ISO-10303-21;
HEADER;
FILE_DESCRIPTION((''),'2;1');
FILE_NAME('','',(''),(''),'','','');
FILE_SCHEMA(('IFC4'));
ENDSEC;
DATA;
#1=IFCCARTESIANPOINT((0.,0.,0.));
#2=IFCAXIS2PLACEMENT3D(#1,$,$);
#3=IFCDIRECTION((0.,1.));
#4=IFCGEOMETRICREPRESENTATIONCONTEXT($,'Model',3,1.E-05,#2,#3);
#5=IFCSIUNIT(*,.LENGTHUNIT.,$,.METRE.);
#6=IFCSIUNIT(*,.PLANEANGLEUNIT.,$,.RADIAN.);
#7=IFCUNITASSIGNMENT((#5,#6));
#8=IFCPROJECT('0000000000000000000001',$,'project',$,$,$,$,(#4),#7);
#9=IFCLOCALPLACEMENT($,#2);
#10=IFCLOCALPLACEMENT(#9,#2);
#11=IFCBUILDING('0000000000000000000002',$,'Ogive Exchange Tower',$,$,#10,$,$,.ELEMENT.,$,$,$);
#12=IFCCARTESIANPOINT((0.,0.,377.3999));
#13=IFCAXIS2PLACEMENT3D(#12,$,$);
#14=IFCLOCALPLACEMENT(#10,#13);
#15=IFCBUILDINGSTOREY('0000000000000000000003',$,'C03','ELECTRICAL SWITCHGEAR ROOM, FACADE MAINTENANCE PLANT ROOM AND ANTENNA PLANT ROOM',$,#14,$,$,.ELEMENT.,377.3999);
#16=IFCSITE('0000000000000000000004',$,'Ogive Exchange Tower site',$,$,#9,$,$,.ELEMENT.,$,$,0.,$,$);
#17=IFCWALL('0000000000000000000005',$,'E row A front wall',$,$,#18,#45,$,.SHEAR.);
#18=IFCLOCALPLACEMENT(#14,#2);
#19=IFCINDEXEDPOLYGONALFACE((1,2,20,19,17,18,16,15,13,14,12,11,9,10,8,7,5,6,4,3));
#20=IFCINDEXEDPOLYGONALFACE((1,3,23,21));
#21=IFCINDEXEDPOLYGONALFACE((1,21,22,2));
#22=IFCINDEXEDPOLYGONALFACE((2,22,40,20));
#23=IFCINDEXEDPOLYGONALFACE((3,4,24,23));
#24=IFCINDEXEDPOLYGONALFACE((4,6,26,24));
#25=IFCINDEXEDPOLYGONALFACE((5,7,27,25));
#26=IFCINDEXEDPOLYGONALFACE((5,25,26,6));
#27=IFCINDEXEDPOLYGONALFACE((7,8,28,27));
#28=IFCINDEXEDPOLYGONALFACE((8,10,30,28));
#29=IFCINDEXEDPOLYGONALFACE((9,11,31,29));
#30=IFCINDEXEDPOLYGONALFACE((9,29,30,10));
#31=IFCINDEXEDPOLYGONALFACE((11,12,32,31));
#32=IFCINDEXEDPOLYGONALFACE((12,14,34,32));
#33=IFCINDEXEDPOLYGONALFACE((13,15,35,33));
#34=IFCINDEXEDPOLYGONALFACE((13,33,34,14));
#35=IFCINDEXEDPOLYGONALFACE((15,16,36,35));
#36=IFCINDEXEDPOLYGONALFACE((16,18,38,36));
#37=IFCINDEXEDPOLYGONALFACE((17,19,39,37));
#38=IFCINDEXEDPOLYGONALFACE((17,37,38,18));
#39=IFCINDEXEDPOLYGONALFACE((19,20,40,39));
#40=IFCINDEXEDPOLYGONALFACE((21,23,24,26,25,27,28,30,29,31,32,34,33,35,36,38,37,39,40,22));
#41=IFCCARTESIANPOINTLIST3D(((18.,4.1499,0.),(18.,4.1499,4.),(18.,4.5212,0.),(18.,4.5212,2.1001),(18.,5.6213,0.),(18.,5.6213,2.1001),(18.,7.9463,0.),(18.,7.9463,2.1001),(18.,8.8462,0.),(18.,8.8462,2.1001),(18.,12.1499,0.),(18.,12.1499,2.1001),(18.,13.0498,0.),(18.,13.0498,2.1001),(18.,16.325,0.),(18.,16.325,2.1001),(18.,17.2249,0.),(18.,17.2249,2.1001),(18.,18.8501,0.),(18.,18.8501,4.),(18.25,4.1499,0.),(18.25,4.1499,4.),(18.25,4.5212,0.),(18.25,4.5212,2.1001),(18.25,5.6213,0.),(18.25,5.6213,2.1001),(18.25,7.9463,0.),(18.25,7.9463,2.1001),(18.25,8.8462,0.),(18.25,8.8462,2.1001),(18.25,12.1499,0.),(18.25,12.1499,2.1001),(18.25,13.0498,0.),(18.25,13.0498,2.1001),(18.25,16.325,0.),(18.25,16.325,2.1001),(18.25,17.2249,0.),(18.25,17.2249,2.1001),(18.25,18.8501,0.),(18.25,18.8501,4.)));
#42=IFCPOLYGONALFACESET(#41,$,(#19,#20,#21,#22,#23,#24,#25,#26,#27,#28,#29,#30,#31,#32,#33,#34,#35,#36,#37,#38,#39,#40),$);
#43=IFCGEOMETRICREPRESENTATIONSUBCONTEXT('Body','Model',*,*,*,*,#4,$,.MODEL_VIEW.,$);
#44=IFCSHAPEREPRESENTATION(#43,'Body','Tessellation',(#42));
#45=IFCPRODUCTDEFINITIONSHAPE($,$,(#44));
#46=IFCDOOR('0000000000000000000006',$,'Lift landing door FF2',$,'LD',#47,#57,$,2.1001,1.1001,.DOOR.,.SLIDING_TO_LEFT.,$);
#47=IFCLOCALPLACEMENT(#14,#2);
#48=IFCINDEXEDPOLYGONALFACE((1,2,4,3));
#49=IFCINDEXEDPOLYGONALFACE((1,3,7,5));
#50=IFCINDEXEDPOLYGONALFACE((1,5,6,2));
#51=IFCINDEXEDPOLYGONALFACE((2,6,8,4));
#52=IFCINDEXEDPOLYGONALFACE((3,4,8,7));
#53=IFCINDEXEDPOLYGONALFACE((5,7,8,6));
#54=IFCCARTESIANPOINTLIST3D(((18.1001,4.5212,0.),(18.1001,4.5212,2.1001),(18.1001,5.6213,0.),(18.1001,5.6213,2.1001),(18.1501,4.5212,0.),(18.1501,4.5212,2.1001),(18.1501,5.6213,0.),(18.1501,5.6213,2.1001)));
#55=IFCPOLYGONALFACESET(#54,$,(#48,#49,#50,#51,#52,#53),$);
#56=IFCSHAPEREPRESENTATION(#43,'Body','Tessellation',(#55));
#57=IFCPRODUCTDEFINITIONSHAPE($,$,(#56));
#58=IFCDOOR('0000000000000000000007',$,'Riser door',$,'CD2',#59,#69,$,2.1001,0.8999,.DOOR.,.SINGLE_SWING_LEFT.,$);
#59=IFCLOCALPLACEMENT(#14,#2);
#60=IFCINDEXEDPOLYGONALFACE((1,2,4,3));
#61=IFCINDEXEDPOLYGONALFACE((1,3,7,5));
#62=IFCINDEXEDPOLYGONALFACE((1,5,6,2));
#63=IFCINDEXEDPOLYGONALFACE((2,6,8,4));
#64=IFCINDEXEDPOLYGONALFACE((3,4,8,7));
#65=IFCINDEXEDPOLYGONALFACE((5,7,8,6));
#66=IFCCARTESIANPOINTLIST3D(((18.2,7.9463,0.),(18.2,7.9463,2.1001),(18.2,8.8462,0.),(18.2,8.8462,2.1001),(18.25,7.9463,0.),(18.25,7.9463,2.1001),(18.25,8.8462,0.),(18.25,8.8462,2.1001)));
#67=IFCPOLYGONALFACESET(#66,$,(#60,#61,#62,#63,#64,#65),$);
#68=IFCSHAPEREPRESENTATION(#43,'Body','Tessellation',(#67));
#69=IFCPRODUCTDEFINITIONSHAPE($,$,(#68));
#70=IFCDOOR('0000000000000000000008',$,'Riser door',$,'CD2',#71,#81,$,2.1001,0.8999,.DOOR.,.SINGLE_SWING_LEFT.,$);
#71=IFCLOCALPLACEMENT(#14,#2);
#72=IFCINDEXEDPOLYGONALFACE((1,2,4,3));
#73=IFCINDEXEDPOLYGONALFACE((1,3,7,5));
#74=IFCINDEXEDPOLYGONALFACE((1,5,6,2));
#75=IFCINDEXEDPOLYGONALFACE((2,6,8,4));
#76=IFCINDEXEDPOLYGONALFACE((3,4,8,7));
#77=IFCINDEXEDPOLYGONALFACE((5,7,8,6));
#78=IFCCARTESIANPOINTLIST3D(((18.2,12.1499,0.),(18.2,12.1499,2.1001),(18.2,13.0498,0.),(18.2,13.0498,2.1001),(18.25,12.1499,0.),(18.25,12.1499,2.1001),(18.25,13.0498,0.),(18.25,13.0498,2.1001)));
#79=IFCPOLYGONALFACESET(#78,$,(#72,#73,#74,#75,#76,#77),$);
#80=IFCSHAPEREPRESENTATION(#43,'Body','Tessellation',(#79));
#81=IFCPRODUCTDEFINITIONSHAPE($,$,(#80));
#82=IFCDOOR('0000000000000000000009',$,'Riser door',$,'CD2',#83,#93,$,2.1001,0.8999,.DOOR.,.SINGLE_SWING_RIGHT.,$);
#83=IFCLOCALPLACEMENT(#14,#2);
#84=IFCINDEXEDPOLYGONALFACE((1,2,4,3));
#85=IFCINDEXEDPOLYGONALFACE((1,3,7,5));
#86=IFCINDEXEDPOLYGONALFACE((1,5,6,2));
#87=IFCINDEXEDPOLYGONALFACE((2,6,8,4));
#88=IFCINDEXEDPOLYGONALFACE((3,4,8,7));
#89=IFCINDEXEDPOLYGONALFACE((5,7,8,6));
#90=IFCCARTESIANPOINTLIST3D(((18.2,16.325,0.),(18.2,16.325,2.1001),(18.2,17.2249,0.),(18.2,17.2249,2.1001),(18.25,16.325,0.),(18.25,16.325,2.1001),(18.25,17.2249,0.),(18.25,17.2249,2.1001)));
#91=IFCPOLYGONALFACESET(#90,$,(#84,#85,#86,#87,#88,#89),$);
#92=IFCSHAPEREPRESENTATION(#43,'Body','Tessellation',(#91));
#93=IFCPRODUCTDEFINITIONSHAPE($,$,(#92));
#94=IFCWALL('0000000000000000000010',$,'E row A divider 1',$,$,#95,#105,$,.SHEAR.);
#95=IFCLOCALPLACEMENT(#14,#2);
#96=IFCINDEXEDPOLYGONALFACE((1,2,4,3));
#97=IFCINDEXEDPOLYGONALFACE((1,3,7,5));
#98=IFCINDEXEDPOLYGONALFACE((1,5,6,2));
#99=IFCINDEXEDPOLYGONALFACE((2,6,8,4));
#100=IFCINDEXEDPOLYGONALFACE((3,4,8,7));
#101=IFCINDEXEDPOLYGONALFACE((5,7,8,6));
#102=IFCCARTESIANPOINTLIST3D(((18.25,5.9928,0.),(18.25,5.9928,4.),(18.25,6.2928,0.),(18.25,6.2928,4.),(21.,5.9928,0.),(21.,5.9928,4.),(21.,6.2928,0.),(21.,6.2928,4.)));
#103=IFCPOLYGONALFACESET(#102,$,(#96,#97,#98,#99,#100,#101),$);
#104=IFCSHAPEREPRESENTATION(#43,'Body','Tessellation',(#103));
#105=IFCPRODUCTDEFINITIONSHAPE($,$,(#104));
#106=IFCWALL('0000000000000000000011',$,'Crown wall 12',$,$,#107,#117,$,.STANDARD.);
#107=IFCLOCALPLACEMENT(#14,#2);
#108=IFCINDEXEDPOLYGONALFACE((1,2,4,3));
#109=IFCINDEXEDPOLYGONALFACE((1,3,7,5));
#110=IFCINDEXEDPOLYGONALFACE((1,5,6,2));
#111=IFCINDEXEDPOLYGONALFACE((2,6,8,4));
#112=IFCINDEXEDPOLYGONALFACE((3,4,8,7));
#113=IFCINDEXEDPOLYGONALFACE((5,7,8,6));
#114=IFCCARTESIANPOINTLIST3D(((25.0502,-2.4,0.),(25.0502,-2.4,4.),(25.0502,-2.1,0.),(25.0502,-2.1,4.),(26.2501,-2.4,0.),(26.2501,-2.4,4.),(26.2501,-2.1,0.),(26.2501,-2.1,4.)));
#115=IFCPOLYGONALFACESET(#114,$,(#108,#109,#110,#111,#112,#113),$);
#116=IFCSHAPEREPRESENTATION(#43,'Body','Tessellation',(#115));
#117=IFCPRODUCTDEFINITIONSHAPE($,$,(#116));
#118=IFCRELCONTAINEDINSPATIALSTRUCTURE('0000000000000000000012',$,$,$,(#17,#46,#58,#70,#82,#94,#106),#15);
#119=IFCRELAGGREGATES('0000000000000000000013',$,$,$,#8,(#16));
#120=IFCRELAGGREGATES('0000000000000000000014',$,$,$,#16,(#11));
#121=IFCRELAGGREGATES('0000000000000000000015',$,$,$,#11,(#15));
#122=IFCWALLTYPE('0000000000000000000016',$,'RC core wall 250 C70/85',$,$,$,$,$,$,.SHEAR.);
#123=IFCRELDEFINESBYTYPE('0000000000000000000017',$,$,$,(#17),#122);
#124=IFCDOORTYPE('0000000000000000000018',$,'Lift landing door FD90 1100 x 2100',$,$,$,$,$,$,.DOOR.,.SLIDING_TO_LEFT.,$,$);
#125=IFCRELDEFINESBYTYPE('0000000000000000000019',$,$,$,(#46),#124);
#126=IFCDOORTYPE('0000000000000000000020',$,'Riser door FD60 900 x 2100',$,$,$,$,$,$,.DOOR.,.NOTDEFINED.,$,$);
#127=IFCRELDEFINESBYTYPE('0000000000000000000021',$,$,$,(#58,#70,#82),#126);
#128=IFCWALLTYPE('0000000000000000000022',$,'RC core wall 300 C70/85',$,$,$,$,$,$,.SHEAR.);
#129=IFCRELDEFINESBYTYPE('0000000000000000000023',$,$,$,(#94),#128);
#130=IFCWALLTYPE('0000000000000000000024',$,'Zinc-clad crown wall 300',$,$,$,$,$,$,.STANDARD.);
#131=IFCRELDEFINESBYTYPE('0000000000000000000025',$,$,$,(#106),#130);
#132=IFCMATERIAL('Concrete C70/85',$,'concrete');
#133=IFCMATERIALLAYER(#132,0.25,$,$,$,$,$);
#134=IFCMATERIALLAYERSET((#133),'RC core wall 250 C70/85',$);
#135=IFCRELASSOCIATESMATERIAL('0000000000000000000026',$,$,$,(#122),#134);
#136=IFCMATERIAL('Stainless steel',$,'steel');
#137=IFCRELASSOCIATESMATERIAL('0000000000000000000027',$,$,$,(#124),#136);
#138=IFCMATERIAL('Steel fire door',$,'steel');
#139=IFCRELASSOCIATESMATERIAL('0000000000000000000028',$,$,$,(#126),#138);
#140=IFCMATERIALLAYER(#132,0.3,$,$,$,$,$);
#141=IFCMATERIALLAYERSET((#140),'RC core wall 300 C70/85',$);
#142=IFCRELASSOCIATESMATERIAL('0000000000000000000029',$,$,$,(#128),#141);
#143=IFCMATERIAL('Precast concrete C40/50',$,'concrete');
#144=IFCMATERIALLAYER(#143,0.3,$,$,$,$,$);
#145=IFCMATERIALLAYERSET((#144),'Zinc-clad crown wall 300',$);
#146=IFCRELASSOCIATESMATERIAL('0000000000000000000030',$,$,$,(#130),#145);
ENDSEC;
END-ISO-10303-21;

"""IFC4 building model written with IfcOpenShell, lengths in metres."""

from ifc_helpers import new_model, si_unit, direction, frame, frame_2d, origin, place, context, subcontext, project, spatial, rectangle, extrude, material, layer, layer_set, type_object, element, fill, save


model = new_model("IFC4")

# Units and contexts
model_context = context("Model", 3, precision=1e-05, world=origin(), true_north=direction((0.0, 1.0)))
body_context = subcontext(model_context, "Body", "Model", "MODEL_VIEW")
ifc_project = project(units=[si_unit("LENGTHUNIT", "METRE"), si_unit("PLANEANGLEUNIT", "RADIAN")], contexts=[model_context])

# Site, building, storey
site_placement = place(None, origin())
site = spatial("IfcSite", under=ifc_project, at=site_placement, Name="Ogive Exchange Tower site", CompositionType="ELEMENT", RefElevation=0.0)
building_placement = place(site_placement, origin())
building = spatial("IfcBuilding", under=site, at=building_placement, Name="Ogive Exchange Tower", CompositionType="ELEMENT")
storey_placement = place(building_placement, frame((0.0, 0.0, 377.3999)))
storey = spatial("IfcBuildingStorey", under=building, at=storey_placement, Name="C03", Description="ELECTRICAL SWITCHGEAR ROOM, FACADE MAINTENANCE PLANT ROOM AND ANTENNA PLANT ROOM", CompositionType="ELEMENT", Elevation=377.3999)

# Wall, openings, doors
ifc_material_1 = material(Name="Concrete C70/85", Category="concrete")
ifc_layer_1 = layer(ifc_material_1, 0.25)
ifc_layer_set_1 = layer_set([ifc_layer_1], Name="RC core wall 250 C70/85")
wall_type_1 = type_object("IfcWallType", Name="RC core wall 250 C70/85", PredefinedType="SHEAR", material=ifc_layer_set_1)
wall_1_placement = place(storey_placement, frame((18.125, 4.1499, 0.0), z_axis=(0.0, 0.0, 1.0), x_axis=(0.0, 1.0, 0.0)))
wall_1 = element("IfcWall", 1, at=wall_1_placement, inside=storey, type_object=wall_type_1, Name="E row A front wall", PredefinedType="SHEAR", context=body_context, shape_type="SweptSolid", body=[
    extrude(rectangle(XDim=14.7002, YDim=0.25, at=frame_2d((7.3501, 0.0))), origin(), (0.0, 0.0, 1.0), 4.0),
])
opening_1_placement = place(wall_1_placement, frame((3.7964, 0.0, 0.0)))
opening_1 = element("IfcOpeningElement", 2, at=opening_1_placement, cuts=wall_1, PredefinedType="OPENING", context=body_context, shape_type="SweptSolid", body=[
    extrude(rectangle(XDim=0.8999, YDim=2.1001, at=frame_2d((0.45, 1.05))), frame((0.0, 0.135, 0.0), z_axis=(0.0, -1.0, 0.0), x_axis=(1.0, 0.0, 0.0)), (0.0, 0.0, 1.0), 0.27),
])
opening_2_placement = place(wall_1_placement, frame((8.0, 0.0, 0.0)))
opening_2 = element("IfcOpeningElement", 3, at=opening_2_placement, cuts=wall_1, PredefinedType="OPENING", context=body_context, shape_type="SweptSolid", body=[
    extrude(rectangle(XDim=0.8999, YDim=2.1001, at=frame_2d((0.45, 1.05))), frame((0.0, 0.135, 0.0), z_axis=(0.0, -1.0, 0.0), x_axis=(1.0, 0.0, 0.0)), (0.0, 0.0, 1.0), 0.27),
])
opening_3_placement = place(wall_1_placement, frame((12.175, 0.0, 0.0)))
opening_3 = element("IfcOpeningElement", 4, at=opening_3_placement, cuts=wall_1, PredefinedType="OPENING", context=body_context, shape_type="SweptSolid", body=[
    extrude(rectangle(XDim=0.8999, YDim=2.1001, at=frame_2d((0.45, 1.05))), frame((0.0, 0.135, 0.0), z_axis=(0.0, -1.0, 0.0), x_axis=(1.0, 0.0, 0.0)), (0.0, 0.0, 1.0), 0.27),
])
opening_4_placement = place(wall_1_placement, frame((0.3713, 0.0, 0.0)))
opening_4 = element("IfcOpeningElement", 5, at=opening_4_placement, cuts=wall_1, PredefinedType="OPENING", context=body_context, shape_type="SweptSolid", body=[
    extrude(rectangle(XDim=1.1001, YDim=2.1001, at=frame_2d((0.55, 1.05))), frame((0.0, 0.135, 0.0), z_axis=(0.0, -1.0, 0.0), x_axis=(1.0, 0.0, 0.0)), (0.0, 0.0, 1.0), 0.27),
])
ifc_material_2 = material(Name="Stainless steel", Category="steel")
door_type_1 = type_object("IfcDoorType", Name="Lift landing door FD90 1100 x 2100", OperationType="SLIDING_TO_LEFT", PredefinedType="DOOR", material=ifc_material_2)
door_1_placement = place(opening_4_placement, origin())
door_1 = element("IfcDoor", 6, at=door_1_placement, inside=storey, type_object=door_type_1, Name="Lift landing door FF2", ObjectType="LD", OperationType="SLIDING_TO_LEFT", OverallHeight=2.1001, OverallWidth=1.1001, PredefinedType="DOOR", context=body_context, shape_type="SweptSolid", body=[
    extrude(rectangle(XDim=1.1001, YDim=2.1001, at=frame_2d((0.55, 1.05))), frame((0.0, 0.0249, 0.0), z_axis=(0.0, -1.0, 0.0), x_axis=(1.0, 0.0, 0.0)), (0.0, 0.0, 1.0), 0.05),
])
fill(opening_4, door_1)
ifc_material_3 = material(Name="Steel fire door", Category="steel")
door_type_2 = type_object("IfcDoorType", Name="Riser door FD60 900 x 2100", OperationType="NOTDEFINED", PredefinedType="DOOR", material=ifc_material_3)
door_2_placement = place(opening_1_placement, frame((0.8999, -0.2002, 0.0), z_axis=(0.0, 0.0, 1.0), x_axis=(-1.0, 0.0, 0.0)))
door_2 = element("IfcDoor", 7, at=door_2_placement, inside=storey, type_object=door_type_2, Name="Riser door", ObjectType="CD2", OperationType="SINGLE_SWING_LEFT", OverallHeight=2.1001, OverallWidth=0.8999, PredefinedType="DOOR", context=body_context, shape_type="SweptSolid", body=[
    extrude(rectangle(XDim=0.8999, YDim=2.1001, at=frame_2d((0.45, 1.05))), frame((0.0, -0.0752, 0.0), z_axis=(0.0, -1.0, 0.0), x_axis=(1.0, 0.0, 0.0)), (0.0, 0.0, 1.0), 0.05),
])
fill(opening_1, door_2)
door_3_placement = place(opening_2_placement, frame((0.8999, -0.2002, 0.0), z_axis=(0.0, 0.0, 1.0), x_axis=(-1.0, 0.0, 0.0)))
door_3 = element("IfcDoor", 8, at=door_3_placement, inside=storey, type_object=door_type_2, Name="Riser door", ObjectType="CD2", OperationType="SINGLE_SWING_LEFT", OverallHeight=2.1001, OverallWidth=0.8999, PredefinedType="DOOR", context=body_context, shape_type="SweptSolid", body=[
    extrude(rectangle(XDim=0.8999, YDim=2.1001, at=frame_2d((0.45, 1.05))), frame((0.0, -0.0752, 0.0), z_axis=(0.0, -1.0, 0.0), x_axis=(1.0, 0.0, 0.0)), (0.0, 0.0, 1.0), 0.05),
])
fill(opening_2, door_3)
door_4_placement = place(opening_3_placement, frame((0.8999, -0.2002, 0.0), z_axis=(0.0, 0.0, 1.0), x_axis=(-1.0, 0.0, 0.0)))
door_4 = element("IfcDoor", 9, at=door_4_placement, inside=storey, type_object=door_type_2, Name="Riser door", ObjectType="CD2", OperationType="SINGLE_SWING_RIGHT", OverallHeight=2.1001, OverallWidth=0.8999, PredefinedType="DOOR", context=body_context, shape_type="SweptSolid", body=[
    extrude(rectangle(XDim=0.8999, YDim=2.1001, at=frame_2d((0.45, 1.05))), frame((0.0, -0.0752, 0.0), z_axis=(0.0, -1.0, 0.0), x_axis=(1.0, 0.0, 0.0)), (0.0, 0.0, 1.0), 0.05),
])
fill(opening_3, door_4)

# Walls
ifc_layer_2 = layer(ifc_material_1, 0.3)
ifc_layer_set_2 = layer_set([ifc_layer_2], Name="RC core wall 300 C70/85")
wall_type_2 = type_object("IfcWallType", Name="RC core wall 300 C70/85", PredefinedType="SHEAR", material=ifc_layer_set_2)
wall_2_placement = place(storey_placement, frame((18.25, 6.1428, 0.0), z_axis=(0.0, 0.0, 1.0), x_axis=(1.0, 0.0, 0.0)))
element("IfcWall", 10, at=wall_2_placement, inside=storey, type_object=wall_type_2, Name="E row A divider 1", PredefinedType="SHEAR", context=body_context, shape_type="SweptSolid", body=[
    extrude(rectangle(XDim=2.75, YDim=0.3, at=frame_2d((1.375, 0.0))), origin(), (0.0, 0.0, 1.0), 4.0),
])
ifc_material_4 = material(Name="Precast concrete C40/50", Category="concrete")
ifc_layer_3 = layer(ifc_material_4, 0.3)
ifc_layer_set_3 = layer_set([ifc_layer_3], Name="Zinc-clad crown wall 300")
wall_type_3 = type_object("IfcWallType", Name="Zinc-clad crown wall 300", PredefinedType="STANDARD", material=ifc_layer_set_3)
wall_3_placement = place(storey_placement, frame((25.05, -2.25, 0.0), z_axis=(0.0, 0.0, 1.0), x_axis=(1.0, 0.0, 0.0)))
element("IfcWall", 11, at=wall_3_placement, inside=storey, type_object=wall_type_3, Name="Crown wall 12", PredefinedType="STANDARD", context=body_context, shape_type="SweptSolid", body=[
    extrude(rectangle(XDim=1.2, YDim=0.3, at=frame_2d((0.6001, 0.0))), origin(), (0.0, 0.0, 1.0), 4.0),
])

save(model, "model.ifc")
